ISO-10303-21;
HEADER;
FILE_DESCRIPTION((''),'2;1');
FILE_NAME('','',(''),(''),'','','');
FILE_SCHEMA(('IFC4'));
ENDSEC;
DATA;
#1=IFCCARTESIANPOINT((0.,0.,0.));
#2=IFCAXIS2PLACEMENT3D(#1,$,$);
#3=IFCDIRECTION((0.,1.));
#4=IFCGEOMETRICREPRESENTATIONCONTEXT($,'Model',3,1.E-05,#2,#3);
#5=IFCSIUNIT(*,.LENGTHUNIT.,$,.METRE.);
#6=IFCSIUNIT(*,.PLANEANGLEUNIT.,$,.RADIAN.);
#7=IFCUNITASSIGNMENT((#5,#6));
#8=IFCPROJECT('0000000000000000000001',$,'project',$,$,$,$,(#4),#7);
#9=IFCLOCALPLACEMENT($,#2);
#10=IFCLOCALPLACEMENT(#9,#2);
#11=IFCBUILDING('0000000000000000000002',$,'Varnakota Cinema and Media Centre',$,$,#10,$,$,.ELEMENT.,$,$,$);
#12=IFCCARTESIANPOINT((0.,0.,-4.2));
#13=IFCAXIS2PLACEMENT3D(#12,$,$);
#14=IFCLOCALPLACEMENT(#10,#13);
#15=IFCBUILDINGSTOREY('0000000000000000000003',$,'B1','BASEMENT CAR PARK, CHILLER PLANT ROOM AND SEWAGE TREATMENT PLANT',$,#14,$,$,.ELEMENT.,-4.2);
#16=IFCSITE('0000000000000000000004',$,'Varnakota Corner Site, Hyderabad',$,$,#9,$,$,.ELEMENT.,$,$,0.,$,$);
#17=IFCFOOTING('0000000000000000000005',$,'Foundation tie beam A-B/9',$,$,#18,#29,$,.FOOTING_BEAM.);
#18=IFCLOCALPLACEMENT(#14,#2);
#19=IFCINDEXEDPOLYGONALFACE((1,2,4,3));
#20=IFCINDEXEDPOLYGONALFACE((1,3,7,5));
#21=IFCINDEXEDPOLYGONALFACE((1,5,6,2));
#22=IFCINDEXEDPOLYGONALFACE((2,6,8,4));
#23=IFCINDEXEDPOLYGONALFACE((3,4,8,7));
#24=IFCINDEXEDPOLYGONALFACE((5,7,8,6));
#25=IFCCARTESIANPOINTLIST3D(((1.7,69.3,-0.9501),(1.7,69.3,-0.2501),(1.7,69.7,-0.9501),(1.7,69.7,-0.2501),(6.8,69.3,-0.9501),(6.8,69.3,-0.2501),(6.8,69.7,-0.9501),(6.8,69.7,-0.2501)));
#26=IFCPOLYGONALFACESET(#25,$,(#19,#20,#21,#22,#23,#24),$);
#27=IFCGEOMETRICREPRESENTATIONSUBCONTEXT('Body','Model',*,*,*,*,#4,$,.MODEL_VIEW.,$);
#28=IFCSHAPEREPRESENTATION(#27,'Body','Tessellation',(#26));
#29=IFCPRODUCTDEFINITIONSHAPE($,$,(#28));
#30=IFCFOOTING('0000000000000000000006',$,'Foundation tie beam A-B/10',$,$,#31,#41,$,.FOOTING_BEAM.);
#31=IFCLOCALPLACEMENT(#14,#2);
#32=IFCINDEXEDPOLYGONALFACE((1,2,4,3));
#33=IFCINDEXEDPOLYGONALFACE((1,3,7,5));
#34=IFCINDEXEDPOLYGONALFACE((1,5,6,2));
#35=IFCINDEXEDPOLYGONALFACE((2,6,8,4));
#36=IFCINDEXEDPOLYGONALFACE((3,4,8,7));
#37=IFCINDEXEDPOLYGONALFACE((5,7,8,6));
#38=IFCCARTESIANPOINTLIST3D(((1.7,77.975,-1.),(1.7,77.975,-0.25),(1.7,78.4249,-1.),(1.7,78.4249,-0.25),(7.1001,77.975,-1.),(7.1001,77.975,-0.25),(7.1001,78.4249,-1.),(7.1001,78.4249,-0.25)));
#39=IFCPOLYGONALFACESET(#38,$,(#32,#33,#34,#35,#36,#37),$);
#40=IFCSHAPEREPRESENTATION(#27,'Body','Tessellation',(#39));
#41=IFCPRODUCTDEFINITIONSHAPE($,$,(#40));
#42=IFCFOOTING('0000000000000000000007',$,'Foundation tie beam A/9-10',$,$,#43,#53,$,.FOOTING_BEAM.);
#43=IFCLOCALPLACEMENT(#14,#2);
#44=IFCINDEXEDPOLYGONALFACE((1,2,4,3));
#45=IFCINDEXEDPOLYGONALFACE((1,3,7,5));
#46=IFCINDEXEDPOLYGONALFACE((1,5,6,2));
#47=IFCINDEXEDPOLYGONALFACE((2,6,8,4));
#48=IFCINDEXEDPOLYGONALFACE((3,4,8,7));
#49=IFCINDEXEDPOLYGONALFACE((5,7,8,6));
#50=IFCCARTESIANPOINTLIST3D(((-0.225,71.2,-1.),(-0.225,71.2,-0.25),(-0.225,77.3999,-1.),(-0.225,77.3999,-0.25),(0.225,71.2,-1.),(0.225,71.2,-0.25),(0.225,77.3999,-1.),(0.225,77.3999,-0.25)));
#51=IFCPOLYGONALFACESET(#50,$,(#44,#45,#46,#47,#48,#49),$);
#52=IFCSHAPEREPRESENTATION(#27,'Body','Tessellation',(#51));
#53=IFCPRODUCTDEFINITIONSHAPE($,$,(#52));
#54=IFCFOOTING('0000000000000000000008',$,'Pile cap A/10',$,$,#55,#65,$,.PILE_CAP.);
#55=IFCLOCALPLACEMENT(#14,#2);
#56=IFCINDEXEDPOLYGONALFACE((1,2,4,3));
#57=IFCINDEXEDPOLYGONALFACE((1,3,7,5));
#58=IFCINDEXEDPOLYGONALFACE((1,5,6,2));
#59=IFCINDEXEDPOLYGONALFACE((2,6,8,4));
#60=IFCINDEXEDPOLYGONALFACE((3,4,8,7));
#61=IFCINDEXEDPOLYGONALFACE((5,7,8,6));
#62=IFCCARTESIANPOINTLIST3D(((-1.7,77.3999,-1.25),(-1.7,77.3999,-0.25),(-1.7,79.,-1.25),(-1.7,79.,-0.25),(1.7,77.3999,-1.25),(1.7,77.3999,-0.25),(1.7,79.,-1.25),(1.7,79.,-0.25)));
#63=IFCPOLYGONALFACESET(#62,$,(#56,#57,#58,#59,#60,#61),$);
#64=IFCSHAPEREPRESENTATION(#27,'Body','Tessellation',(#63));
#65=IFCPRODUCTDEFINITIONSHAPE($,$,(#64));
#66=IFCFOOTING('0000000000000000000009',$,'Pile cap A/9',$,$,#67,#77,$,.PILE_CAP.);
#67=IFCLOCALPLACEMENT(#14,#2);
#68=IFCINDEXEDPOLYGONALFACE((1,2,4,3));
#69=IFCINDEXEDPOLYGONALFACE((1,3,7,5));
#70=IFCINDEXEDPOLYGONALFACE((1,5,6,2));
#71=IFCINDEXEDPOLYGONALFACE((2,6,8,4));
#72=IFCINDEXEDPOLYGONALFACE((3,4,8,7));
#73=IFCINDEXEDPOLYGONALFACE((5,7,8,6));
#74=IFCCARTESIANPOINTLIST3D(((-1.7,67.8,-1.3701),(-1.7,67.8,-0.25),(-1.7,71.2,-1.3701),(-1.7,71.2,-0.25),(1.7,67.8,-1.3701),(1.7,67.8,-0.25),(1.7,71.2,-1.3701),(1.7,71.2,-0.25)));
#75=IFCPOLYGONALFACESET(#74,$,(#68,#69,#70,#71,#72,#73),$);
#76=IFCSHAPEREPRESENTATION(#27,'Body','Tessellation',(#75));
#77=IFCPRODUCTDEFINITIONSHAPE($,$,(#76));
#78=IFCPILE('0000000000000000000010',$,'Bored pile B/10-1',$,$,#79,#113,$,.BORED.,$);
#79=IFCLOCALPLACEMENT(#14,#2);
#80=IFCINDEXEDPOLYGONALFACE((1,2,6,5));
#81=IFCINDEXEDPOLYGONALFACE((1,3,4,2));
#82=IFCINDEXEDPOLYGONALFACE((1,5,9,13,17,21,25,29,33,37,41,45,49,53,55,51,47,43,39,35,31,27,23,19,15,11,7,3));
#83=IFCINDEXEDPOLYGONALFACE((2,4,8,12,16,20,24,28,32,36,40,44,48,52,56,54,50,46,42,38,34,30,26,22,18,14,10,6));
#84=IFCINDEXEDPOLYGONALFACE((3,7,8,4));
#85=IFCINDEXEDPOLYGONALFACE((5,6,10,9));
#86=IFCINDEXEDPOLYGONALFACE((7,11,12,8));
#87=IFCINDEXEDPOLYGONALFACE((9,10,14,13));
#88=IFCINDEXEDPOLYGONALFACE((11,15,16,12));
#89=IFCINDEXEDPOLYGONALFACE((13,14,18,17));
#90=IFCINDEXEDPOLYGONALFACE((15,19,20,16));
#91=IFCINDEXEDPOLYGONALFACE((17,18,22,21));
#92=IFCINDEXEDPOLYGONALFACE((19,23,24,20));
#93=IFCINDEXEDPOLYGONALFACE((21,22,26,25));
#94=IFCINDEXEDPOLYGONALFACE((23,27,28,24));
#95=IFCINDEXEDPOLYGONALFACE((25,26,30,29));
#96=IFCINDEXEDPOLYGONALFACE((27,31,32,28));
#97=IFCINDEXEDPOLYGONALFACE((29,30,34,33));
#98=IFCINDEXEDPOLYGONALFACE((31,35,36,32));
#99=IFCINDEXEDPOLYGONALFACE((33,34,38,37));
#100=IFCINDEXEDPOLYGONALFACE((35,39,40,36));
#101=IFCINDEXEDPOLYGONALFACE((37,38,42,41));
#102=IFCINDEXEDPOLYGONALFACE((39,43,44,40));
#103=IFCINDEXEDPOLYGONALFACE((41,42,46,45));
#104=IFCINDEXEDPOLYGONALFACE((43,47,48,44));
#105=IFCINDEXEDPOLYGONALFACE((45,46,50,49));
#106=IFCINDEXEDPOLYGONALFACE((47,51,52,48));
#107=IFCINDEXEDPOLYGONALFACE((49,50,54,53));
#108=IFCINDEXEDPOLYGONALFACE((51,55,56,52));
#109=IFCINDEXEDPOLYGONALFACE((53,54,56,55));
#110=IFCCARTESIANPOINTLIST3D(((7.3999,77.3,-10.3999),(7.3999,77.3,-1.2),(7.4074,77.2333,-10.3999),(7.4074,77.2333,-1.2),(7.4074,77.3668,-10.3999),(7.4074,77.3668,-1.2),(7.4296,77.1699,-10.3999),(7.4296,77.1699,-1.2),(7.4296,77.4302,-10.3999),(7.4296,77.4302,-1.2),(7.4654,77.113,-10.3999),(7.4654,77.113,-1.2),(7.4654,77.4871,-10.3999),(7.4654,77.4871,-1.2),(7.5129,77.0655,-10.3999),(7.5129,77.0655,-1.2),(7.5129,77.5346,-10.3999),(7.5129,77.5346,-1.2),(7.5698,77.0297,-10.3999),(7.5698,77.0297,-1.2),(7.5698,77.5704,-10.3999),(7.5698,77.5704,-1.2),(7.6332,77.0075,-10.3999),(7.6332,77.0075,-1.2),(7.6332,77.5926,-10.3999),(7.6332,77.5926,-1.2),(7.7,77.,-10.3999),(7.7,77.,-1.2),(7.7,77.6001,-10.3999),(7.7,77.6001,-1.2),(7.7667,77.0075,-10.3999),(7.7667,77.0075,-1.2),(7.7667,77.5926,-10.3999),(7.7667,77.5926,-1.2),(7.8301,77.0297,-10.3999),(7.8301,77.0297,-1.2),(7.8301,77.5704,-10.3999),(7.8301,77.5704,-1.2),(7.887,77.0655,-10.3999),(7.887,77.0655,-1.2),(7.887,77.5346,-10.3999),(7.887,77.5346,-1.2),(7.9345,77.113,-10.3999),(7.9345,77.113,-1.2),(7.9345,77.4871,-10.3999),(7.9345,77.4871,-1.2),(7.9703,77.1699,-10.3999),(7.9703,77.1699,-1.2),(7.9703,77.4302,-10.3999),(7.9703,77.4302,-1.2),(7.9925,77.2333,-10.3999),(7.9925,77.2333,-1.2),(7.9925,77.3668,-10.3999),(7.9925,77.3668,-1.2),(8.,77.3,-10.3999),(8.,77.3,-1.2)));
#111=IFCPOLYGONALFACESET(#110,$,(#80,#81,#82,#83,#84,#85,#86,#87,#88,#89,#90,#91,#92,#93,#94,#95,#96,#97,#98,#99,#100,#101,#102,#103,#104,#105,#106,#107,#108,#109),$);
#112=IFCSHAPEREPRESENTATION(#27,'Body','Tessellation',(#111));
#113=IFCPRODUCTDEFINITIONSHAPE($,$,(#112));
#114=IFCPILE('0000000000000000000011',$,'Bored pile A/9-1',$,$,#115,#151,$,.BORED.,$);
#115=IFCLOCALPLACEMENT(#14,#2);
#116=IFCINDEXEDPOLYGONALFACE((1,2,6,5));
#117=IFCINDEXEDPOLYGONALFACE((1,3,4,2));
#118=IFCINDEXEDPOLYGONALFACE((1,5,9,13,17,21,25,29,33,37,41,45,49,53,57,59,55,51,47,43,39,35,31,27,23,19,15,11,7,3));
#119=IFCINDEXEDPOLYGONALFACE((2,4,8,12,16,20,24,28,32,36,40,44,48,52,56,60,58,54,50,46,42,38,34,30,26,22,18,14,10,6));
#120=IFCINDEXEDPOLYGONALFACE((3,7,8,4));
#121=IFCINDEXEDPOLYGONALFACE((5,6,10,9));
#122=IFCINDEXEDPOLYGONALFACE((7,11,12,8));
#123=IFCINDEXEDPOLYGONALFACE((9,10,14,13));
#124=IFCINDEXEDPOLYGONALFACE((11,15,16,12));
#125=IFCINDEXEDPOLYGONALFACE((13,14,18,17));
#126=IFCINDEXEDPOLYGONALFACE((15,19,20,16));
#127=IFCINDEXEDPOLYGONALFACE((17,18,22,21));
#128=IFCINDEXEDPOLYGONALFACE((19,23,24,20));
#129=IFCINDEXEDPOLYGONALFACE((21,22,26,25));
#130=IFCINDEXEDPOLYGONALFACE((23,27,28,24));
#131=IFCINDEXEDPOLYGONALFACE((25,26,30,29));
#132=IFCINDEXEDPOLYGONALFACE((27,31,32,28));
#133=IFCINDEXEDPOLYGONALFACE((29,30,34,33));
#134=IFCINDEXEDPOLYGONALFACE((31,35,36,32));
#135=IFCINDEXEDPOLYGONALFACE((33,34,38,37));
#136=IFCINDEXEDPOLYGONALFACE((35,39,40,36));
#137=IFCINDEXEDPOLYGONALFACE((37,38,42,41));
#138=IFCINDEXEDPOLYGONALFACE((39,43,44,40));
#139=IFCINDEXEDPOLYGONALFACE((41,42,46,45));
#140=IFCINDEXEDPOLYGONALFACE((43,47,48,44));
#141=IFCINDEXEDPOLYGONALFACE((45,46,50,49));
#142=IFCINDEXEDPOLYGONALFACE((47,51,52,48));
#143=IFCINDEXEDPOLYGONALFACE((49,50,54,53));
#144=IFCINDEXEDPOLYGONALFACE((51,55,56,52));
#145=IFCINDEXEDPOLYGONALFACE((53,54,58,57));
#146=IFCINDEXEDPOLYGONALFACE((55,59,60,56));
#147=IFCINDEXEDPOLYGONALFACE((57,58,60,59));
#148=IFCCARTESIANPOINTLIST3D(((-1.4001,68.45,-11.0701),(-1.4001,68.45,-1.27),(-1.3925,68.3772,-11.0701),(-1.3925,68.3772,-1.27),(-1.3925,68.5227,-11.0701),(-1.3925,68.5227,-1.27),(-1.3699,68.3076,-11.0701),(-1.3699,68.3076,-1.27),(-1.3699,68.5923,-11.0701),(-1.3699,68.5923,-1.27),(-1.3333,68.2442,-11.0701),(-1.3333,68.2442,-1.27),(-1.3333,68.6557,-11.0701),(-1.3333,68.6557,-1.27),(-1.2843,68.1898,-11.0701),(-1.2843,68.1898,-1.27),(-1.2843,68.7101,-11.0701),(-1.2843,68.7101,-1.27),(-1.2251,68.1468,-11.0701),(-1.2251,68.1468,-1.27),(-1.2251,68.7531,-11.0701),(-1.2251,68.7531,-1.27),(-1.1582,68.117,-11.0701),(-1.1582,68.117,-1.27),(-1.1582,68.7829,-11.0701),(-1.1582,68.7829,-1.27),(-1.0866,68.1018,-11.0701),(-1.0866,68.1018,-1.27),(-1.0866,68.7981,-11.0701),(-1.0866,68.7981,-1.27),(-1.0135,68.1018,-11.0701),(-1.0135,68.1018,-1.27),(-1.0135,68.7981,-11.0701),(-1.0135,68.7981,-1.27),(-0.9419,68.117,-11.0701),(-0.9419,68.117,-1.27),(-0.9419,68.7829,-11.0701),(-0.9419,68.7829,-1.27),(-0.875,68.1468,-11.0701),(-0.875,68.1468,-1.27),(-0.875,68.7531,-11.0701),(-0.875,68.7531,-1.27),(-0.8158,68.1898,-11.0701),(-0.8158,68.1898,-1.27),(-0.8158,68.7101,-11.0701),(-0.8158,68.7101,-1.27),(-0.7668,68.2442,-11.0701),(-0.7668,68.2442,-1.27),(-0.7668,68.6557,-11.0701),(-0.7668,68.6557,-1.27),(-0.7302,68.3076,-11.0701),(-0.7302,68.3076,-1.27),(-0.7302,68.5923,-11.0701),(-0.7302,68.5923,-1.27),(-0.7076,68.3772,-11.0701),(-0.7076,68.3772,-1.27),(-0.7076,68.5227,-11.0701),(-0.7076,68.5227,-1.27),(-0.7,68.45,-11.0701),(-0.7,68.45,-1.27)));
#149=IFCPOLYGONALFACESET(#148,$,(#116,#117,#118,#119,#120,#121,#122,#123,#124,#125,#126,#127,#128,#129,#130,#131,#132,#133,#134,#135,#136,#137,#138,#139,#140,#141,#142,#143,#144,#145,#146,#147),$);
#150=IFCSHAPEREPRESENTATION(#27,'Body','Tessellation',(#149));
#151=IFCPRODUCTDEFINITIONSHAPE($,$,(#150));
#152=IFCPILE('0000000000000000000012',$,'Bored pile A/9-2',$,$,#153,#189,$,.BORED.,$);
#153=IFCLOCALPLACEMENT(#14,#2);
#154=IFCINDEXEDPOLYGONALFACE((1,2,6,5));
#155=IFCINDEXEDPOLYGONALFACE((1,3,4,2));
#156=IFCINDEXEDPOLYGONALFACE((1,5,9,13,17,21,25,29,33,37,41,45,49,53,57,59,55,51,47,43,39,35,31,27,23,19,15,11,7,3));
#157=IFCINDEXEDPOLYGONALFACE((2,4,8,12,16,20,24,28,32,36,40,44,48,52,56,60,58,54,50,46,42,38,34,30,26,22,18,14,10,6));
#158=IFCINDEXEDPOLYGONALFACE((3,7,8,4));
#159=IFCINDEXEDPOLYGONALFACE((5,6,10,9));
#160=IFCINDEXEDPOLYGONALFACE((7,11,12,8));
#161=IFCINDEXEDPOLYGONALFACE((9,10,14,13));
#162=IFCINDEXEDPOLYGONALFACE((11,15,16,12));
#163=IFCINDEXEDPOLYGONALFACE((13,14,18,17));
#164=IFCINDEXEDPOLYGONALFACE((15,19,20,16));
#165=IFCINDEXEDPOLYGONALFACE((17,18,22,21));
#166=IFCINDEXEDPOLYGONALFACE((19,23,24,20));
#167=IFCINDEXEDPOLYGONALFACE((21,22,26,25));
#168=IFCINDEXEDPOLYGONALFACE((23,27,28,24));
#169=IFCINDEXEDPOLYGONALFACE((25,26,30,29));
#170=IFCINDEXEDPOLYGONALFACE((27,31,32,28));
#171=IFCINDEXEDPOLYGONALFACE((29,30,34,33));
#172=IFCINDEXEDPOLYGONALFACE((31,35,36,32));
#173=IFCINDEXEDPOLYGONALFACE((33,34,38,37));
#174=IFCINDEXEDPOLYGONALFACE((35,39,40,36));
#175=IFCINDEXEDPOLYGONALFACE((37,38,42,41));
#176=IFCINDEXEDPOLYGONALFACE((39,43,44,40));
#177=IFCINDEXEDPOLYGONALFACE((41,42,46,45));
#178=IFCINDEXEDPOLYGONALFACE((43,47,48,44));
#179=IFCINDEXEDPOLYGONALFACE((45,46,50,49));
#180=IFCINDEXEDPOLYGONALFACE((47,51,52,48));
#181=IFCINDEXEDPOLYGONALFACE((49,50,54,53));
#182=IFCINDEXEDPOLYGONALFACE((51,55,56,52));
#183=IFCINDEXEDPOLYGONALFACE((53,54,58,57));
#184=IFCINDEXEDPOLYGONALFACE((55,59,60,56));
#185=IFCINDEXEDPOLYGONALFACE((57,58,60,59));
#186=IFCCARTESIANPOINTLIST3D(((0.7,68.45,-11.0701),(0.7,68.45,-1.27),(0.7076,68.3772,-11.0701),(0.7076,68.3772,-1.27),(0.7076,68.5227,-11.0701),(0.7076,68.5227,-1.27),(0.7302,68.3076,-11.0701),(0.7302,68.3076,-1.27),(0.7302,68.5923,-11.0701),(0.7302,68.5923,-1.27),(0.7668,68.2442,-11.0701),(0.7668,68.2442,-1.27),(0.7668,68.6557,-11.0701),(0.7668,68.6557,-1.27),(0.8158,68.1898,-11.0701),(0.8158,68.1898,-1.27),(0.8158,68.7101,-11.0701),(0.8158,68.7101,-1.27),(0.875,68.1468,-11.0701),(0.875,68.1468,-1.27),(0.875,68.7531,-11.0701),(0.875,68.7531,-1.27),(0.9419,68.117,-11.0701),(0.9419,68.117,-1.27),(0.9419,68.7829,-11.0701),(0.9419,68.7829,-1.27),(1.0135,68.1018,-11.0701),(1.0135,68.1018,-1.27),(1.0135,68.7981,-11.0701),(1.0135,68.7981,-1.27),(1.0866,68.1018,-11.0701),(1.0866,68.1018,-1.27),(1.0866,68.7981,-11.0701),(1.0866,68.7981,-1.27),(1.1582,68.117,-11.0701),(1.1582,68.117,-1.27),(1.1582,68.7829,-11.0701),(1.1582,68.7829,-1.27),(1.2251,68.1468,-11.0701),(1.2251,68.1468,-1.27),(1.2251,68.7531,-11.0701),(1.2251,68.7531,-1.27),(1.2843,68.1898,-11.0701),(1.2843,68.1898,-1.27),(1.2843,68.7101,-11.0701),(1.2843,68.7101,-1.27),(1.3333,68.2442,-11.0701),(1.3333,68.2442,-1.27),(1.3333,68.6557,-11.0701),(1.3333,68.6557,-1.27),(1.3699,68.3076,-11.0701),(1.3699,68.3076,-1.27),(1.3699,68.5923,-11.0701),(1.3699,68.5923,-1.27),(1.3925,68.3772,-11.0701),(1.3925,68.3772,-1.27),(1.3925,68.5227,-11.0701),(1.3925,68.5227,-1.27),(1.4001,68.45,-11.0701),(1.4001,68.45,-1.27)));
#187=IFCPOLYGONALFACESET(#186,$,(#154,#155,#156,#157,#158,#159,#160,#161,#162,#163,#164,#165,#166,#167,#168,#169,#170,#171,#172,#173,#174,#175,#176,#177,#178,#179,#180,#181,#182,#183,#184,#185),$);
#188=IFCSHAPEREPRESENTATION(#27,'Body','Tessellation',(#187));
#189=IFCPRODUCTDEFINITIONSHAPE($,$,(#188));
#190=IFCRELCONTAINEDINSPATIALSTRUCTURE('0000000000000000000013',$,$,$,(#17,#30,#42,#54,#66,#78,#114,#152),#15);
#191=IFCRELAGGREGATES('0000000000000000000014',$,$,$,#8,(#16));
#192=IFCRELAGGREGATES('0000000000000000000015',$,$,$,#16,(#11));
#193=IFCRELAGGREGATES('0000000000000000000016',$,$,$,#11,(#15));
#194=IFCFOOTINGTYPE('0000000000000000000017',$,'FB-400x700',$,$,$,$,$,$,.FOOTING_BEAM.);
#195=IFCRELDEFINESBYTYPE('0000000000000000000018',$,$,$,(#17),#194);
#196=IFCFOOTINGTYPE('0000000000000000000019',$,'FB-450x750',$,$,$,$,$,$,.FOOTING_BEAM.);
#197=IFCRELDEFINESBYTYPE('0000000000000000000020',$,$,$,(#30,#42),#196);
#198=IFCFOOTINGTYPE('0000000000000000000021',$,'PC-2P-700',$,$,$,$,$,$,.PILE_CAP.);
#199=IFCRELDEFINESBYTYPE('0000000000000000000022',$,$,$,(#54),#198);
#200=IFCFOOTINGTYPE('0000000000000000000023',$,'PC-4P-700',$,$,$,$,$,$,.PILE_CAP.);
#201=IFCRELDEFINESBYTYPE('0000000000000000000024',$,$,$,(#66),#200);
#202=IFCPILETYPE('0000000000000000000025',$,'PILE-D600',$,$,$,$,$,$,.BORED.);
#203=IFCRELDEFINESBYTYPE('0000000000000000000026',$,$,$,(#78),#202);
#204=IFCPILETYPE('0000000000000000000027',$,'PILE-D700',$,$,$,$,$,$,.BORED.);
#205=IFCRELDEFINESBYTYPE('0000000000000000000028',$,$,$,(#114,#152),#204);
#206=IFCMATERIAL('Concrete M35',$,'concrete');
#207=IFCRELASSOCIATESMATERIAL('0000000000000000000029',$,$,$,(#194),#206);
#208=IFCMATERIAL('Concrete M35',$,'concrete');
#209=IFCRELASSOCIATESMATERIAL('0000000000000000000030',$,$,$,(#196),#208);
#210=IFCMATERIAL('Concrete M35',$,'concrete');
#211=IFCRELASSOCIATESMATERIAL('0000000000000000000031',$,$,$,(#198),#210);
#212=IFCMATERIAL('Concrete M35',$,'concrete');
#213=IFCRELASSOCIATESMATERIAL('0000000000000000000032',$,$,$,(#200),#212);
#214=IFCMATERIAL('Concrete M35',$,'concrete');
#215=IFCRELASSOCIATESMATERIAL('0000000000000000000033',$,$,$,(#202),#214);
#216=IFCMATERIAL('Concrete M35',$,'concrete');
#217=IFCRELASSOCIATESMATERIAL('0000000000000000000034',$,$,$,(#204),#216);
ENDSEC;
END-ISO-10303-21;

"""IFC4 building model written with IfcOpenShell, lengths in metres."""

from ifc_helpers import new_model, si_unit, direction, frame, origin, origin_2d, place, context, subcontext, project, spatial, rectangle, circle, extrude, material, material_profile, profile_set, type_object, element, save


model = new_model("IFC4")

# Units and contexts
model_context = context("Model", 3, precision=1e-05, world=origin(), true_north=direction((0.0, 1.0)))
body_context = subcontext(model_context, "Body", "Model", "MODEL_VIEW")
ifc_project = project(units=[si_unit("LENGTHUNIT", "METRE"), si_unit("PLANEANGLEUNIT", "RADIAN")], contexts=[model_context])

# Site, building, storey
site_placement = place(None, origin())
site = spatial("IfcSite", under=ifc_project, at=site_placement, Name="Varnakota Corner Site, Hyderabad", CompositionType="ELEMENT", RefElevation=0.0)
building_placement = place(site_placement, origin())
building = spatial("IfcBuilding", under=site, at=building_placement, Name="Varnakota Cinema and Media Centre", CompositionType="ELEMENT")
storey_placement = place(building_placement, frame((0.0, 0.0, -4.2)))
storey = spatial("IfcBuildingStorey", under=building, at=storey_placement, Name="B1", Description="BASEMENT CAR PARK, CHILLER PLANT ROOM AND SEWAGE TREATMENT PLANT", CompositionType="ELEMENT", Elevation=-4.2)

# Footings
ifc_material_1 = material(Name="Concrete M35", Category="concrete")
ifc_material_profile_1 = material_profile(ifc_material_1, rectangle(XDim=0.3999, YDim=0.7, at=origin_2d()), Name="FB 400x700")
ifc_profile_set_1 = profile_set([ifc_material_profile_1], Name="Concrete M35")
footing_type_1 = type_object("IfcFootingType", Name="FB-400x700", PredefinedType="FOOTING_BEAM", material=ifc_profile_set_1)
footing_1_placement = place(storey_placement, frame((1.7, 69.5, -0.6001), z_axis=(1.0, 0.0, 0.0), x_axis=(0.0, 1.0, 0.0)))
element("IfcFooting", 1, at=footing_1_placement, inside=storey, type_object=footing_type_1, Name="Foundation tie beam A-B/9", PredefinedType="FOOTING_BEAM", context=body_context, shape_type="SweptSolid", body=[
    extrude(rectangle(XDim=0.3999, YDim=0.7, at=origin_2d()), origin(), (0.0, 0.0, 1.0), 5.1001),
])
ifc_material_2 = material(Name="Concrete M35", Category="concrete")
ifc_material_profile_2 = material_profile(ifc_material_2, rectangle(XDim=0.45, YDim=0.75, at=origin_2d()), Name="FB 450x750")
ifc_profile_set_2 = profile_set([ifc_material_profile_2], Name="Concrete M35")
footing_type_2 = type_object("IfcFootingType", Name="FB-450x750", PredefinedType="FOOTING_BEAM", material=ifc_profile_set_2)
footing_2_placement = place(storey_placement, frame((1.7, 78.2, -0.625), z_axis=(1.0, 0.0, 0.0), x_axis=(0.0, 1.0, 0.0)))
element("IfcFooting", 2, at=footing_2_placement, inside=storey, type_object=footing_type_2, Name="Foundation tie beam A-B/10", PredefinedType="FOOTING_BEAM", context=body_context, shape_type="SweptSolid", body=[
    extrude(rectangle(XDim=0.45, YDim=0.75, at=origin_2d()), origin(), (0.0, 0.0, 1.0), 5.4001),
])
footing_3_placement = place(storey_placement, frame((0.0, 71.2, -0.625), z_axis=(0.0, 1.0, 0.0), x_axis=(-1.0, 0.0, 0.0)))
element("IfcFooting", 3, at=footing_3_placement, inside=storey, type_object=footing_type_2, Name="Foundation tie beam A/9-10", PredefinedType="FOOTING_BEAM", context=body_context, shape_type="SweptSolid", body=[
    extrude(rectangle(XDim=0.45, YDim=0.75, at=origin_2d()), origin(), (0.0, 0.0, 1.0), 6.2),
])
ifc_material_3 = material(Name="Concrete M35", Category="concrete")
footing_type_3 = type_object("IfcFootingType", Name="PC-2P-700", PredefinedType="PILE_CAP", material=ifc_material_3)
footing_4_placement = place(storey_placement, frame((0.0, 78.2, -1.25), z_axis=(0.0, 0.0, 1.0), x_axis=(1.0, 0.0, 0.0)))
element("IfcFooting", 4, at=footing_4_placement, inside=storey, type_object=footing_type_3, Name="Pile cap A/10", PredefinedType="PILE_CAP", context=body_context, shape_type="SweptSolid", body=[
    extrude(rectangle(XDim=3.3999, YDim=1.6001, at=origin_2d()), origin(), (0.0, 0.0, 1.0), 1.0),
])
ifc_material_4 = material(Name="Concrete M35", Category="concrete")
footing_type_4 = type_object("IfcFootingType", Name="PC-4P-700", PredefinedType="PILE_CAP", material=ifc_material_4)
footing_5_placement = place(storey_placement, frame((0.0, 69.5, -1.3701), z_axis=(0.0, 0.0, 1.0), x_axis=(1.0, 0.0, 0.0)))
element("IfcFooting", 5, at=footing_5_placement, inside=storey, type_object=footing_type_4, Name="Pile cap A/9", PredefinedType="PILE_CAP", context=body_context, shape_type="SweptSolid", body=[
    extrude(rectangle(XDim=3.3999, YDim=3.3999, at=origin_2d()), origin(), (0.0, 0.0, 1.0), 1.1201),
])

# Piles
ifc_material_5 = material(Name="Concrete M35", Category="concrete")
ifc_material_profile_3 = material_profile(ifc_material_5, circle(Radius=0.3, at=origin_2d()), Name="PILE D600")
ifc_profile_set_3 = profile_set([ifc_material_profile_3], Name="Concrete M35")
pile_type_1 = type_object("IfcPileType", Name="PILE-D600", PredefinedType="BORED", material=ifc_profile_set_3)
pile_placement = place(storey_placement, frame((7.7, 77.3, -1.2), z_axis=(0.0, 0.0, -1.0), x_axis=(1.0, 0.0, 0.0)))
element("IfcPile", 6, at=pile_placement, inside=storey, type_object=pile_type_1, Name="Bored pile B/10-1", PredefinedType="BORED", context=body_context, shape_type="SweptSolid", body=[
    extrude(circle(Radius=0.3, at=origin_2d()), origin(), (0.0, 0.0, 1.0), 9.2),
])
ifc_material_6 = material(Name="Concrete M35", Category="concrete")
ifc_material_profile_4 = material_profile(ifc_material_6, circle(Radius=0.3501, at=origin_2d()), Name="PILE D700")
ifc_profile_set_4 = profile_set([ifc_material_profile_4], Name="Concrete M35")
pile_type_2 = type_object("IfcPileType", Name="PILE-D700", PredefinedType="BORED", material=ifc_profile_set_4)
for number, where, z_axis, x_axis, name in (
    (7, (-1.05, 68.45, -1.27), (0.0, 0.0, -1.0), (1.0, 0.0, 0.0), "Bored pile A/9-1"),
    (8, (1.05, 68.45, -1.27), (0.0, 0.0, -1.0), (1.0, 0.0, 0.0), "Bored pile A/9-2"),
):
    element("IfcPile", number, at=place(storey_placement, frame(where, z_axis=z_axis, x_axis=x_axis)), inside=storey, type_object=pile_type_2, Name=name, PredefinedType="BORED", context=body_context, shape_type="SweptSolid", body=[
        extrude(circle(Radius=0.3501, at=origin_2d()), origin(), (0.0, 0.0, 1.0), 9.8),
    ])

save(model, "model.ifc")
